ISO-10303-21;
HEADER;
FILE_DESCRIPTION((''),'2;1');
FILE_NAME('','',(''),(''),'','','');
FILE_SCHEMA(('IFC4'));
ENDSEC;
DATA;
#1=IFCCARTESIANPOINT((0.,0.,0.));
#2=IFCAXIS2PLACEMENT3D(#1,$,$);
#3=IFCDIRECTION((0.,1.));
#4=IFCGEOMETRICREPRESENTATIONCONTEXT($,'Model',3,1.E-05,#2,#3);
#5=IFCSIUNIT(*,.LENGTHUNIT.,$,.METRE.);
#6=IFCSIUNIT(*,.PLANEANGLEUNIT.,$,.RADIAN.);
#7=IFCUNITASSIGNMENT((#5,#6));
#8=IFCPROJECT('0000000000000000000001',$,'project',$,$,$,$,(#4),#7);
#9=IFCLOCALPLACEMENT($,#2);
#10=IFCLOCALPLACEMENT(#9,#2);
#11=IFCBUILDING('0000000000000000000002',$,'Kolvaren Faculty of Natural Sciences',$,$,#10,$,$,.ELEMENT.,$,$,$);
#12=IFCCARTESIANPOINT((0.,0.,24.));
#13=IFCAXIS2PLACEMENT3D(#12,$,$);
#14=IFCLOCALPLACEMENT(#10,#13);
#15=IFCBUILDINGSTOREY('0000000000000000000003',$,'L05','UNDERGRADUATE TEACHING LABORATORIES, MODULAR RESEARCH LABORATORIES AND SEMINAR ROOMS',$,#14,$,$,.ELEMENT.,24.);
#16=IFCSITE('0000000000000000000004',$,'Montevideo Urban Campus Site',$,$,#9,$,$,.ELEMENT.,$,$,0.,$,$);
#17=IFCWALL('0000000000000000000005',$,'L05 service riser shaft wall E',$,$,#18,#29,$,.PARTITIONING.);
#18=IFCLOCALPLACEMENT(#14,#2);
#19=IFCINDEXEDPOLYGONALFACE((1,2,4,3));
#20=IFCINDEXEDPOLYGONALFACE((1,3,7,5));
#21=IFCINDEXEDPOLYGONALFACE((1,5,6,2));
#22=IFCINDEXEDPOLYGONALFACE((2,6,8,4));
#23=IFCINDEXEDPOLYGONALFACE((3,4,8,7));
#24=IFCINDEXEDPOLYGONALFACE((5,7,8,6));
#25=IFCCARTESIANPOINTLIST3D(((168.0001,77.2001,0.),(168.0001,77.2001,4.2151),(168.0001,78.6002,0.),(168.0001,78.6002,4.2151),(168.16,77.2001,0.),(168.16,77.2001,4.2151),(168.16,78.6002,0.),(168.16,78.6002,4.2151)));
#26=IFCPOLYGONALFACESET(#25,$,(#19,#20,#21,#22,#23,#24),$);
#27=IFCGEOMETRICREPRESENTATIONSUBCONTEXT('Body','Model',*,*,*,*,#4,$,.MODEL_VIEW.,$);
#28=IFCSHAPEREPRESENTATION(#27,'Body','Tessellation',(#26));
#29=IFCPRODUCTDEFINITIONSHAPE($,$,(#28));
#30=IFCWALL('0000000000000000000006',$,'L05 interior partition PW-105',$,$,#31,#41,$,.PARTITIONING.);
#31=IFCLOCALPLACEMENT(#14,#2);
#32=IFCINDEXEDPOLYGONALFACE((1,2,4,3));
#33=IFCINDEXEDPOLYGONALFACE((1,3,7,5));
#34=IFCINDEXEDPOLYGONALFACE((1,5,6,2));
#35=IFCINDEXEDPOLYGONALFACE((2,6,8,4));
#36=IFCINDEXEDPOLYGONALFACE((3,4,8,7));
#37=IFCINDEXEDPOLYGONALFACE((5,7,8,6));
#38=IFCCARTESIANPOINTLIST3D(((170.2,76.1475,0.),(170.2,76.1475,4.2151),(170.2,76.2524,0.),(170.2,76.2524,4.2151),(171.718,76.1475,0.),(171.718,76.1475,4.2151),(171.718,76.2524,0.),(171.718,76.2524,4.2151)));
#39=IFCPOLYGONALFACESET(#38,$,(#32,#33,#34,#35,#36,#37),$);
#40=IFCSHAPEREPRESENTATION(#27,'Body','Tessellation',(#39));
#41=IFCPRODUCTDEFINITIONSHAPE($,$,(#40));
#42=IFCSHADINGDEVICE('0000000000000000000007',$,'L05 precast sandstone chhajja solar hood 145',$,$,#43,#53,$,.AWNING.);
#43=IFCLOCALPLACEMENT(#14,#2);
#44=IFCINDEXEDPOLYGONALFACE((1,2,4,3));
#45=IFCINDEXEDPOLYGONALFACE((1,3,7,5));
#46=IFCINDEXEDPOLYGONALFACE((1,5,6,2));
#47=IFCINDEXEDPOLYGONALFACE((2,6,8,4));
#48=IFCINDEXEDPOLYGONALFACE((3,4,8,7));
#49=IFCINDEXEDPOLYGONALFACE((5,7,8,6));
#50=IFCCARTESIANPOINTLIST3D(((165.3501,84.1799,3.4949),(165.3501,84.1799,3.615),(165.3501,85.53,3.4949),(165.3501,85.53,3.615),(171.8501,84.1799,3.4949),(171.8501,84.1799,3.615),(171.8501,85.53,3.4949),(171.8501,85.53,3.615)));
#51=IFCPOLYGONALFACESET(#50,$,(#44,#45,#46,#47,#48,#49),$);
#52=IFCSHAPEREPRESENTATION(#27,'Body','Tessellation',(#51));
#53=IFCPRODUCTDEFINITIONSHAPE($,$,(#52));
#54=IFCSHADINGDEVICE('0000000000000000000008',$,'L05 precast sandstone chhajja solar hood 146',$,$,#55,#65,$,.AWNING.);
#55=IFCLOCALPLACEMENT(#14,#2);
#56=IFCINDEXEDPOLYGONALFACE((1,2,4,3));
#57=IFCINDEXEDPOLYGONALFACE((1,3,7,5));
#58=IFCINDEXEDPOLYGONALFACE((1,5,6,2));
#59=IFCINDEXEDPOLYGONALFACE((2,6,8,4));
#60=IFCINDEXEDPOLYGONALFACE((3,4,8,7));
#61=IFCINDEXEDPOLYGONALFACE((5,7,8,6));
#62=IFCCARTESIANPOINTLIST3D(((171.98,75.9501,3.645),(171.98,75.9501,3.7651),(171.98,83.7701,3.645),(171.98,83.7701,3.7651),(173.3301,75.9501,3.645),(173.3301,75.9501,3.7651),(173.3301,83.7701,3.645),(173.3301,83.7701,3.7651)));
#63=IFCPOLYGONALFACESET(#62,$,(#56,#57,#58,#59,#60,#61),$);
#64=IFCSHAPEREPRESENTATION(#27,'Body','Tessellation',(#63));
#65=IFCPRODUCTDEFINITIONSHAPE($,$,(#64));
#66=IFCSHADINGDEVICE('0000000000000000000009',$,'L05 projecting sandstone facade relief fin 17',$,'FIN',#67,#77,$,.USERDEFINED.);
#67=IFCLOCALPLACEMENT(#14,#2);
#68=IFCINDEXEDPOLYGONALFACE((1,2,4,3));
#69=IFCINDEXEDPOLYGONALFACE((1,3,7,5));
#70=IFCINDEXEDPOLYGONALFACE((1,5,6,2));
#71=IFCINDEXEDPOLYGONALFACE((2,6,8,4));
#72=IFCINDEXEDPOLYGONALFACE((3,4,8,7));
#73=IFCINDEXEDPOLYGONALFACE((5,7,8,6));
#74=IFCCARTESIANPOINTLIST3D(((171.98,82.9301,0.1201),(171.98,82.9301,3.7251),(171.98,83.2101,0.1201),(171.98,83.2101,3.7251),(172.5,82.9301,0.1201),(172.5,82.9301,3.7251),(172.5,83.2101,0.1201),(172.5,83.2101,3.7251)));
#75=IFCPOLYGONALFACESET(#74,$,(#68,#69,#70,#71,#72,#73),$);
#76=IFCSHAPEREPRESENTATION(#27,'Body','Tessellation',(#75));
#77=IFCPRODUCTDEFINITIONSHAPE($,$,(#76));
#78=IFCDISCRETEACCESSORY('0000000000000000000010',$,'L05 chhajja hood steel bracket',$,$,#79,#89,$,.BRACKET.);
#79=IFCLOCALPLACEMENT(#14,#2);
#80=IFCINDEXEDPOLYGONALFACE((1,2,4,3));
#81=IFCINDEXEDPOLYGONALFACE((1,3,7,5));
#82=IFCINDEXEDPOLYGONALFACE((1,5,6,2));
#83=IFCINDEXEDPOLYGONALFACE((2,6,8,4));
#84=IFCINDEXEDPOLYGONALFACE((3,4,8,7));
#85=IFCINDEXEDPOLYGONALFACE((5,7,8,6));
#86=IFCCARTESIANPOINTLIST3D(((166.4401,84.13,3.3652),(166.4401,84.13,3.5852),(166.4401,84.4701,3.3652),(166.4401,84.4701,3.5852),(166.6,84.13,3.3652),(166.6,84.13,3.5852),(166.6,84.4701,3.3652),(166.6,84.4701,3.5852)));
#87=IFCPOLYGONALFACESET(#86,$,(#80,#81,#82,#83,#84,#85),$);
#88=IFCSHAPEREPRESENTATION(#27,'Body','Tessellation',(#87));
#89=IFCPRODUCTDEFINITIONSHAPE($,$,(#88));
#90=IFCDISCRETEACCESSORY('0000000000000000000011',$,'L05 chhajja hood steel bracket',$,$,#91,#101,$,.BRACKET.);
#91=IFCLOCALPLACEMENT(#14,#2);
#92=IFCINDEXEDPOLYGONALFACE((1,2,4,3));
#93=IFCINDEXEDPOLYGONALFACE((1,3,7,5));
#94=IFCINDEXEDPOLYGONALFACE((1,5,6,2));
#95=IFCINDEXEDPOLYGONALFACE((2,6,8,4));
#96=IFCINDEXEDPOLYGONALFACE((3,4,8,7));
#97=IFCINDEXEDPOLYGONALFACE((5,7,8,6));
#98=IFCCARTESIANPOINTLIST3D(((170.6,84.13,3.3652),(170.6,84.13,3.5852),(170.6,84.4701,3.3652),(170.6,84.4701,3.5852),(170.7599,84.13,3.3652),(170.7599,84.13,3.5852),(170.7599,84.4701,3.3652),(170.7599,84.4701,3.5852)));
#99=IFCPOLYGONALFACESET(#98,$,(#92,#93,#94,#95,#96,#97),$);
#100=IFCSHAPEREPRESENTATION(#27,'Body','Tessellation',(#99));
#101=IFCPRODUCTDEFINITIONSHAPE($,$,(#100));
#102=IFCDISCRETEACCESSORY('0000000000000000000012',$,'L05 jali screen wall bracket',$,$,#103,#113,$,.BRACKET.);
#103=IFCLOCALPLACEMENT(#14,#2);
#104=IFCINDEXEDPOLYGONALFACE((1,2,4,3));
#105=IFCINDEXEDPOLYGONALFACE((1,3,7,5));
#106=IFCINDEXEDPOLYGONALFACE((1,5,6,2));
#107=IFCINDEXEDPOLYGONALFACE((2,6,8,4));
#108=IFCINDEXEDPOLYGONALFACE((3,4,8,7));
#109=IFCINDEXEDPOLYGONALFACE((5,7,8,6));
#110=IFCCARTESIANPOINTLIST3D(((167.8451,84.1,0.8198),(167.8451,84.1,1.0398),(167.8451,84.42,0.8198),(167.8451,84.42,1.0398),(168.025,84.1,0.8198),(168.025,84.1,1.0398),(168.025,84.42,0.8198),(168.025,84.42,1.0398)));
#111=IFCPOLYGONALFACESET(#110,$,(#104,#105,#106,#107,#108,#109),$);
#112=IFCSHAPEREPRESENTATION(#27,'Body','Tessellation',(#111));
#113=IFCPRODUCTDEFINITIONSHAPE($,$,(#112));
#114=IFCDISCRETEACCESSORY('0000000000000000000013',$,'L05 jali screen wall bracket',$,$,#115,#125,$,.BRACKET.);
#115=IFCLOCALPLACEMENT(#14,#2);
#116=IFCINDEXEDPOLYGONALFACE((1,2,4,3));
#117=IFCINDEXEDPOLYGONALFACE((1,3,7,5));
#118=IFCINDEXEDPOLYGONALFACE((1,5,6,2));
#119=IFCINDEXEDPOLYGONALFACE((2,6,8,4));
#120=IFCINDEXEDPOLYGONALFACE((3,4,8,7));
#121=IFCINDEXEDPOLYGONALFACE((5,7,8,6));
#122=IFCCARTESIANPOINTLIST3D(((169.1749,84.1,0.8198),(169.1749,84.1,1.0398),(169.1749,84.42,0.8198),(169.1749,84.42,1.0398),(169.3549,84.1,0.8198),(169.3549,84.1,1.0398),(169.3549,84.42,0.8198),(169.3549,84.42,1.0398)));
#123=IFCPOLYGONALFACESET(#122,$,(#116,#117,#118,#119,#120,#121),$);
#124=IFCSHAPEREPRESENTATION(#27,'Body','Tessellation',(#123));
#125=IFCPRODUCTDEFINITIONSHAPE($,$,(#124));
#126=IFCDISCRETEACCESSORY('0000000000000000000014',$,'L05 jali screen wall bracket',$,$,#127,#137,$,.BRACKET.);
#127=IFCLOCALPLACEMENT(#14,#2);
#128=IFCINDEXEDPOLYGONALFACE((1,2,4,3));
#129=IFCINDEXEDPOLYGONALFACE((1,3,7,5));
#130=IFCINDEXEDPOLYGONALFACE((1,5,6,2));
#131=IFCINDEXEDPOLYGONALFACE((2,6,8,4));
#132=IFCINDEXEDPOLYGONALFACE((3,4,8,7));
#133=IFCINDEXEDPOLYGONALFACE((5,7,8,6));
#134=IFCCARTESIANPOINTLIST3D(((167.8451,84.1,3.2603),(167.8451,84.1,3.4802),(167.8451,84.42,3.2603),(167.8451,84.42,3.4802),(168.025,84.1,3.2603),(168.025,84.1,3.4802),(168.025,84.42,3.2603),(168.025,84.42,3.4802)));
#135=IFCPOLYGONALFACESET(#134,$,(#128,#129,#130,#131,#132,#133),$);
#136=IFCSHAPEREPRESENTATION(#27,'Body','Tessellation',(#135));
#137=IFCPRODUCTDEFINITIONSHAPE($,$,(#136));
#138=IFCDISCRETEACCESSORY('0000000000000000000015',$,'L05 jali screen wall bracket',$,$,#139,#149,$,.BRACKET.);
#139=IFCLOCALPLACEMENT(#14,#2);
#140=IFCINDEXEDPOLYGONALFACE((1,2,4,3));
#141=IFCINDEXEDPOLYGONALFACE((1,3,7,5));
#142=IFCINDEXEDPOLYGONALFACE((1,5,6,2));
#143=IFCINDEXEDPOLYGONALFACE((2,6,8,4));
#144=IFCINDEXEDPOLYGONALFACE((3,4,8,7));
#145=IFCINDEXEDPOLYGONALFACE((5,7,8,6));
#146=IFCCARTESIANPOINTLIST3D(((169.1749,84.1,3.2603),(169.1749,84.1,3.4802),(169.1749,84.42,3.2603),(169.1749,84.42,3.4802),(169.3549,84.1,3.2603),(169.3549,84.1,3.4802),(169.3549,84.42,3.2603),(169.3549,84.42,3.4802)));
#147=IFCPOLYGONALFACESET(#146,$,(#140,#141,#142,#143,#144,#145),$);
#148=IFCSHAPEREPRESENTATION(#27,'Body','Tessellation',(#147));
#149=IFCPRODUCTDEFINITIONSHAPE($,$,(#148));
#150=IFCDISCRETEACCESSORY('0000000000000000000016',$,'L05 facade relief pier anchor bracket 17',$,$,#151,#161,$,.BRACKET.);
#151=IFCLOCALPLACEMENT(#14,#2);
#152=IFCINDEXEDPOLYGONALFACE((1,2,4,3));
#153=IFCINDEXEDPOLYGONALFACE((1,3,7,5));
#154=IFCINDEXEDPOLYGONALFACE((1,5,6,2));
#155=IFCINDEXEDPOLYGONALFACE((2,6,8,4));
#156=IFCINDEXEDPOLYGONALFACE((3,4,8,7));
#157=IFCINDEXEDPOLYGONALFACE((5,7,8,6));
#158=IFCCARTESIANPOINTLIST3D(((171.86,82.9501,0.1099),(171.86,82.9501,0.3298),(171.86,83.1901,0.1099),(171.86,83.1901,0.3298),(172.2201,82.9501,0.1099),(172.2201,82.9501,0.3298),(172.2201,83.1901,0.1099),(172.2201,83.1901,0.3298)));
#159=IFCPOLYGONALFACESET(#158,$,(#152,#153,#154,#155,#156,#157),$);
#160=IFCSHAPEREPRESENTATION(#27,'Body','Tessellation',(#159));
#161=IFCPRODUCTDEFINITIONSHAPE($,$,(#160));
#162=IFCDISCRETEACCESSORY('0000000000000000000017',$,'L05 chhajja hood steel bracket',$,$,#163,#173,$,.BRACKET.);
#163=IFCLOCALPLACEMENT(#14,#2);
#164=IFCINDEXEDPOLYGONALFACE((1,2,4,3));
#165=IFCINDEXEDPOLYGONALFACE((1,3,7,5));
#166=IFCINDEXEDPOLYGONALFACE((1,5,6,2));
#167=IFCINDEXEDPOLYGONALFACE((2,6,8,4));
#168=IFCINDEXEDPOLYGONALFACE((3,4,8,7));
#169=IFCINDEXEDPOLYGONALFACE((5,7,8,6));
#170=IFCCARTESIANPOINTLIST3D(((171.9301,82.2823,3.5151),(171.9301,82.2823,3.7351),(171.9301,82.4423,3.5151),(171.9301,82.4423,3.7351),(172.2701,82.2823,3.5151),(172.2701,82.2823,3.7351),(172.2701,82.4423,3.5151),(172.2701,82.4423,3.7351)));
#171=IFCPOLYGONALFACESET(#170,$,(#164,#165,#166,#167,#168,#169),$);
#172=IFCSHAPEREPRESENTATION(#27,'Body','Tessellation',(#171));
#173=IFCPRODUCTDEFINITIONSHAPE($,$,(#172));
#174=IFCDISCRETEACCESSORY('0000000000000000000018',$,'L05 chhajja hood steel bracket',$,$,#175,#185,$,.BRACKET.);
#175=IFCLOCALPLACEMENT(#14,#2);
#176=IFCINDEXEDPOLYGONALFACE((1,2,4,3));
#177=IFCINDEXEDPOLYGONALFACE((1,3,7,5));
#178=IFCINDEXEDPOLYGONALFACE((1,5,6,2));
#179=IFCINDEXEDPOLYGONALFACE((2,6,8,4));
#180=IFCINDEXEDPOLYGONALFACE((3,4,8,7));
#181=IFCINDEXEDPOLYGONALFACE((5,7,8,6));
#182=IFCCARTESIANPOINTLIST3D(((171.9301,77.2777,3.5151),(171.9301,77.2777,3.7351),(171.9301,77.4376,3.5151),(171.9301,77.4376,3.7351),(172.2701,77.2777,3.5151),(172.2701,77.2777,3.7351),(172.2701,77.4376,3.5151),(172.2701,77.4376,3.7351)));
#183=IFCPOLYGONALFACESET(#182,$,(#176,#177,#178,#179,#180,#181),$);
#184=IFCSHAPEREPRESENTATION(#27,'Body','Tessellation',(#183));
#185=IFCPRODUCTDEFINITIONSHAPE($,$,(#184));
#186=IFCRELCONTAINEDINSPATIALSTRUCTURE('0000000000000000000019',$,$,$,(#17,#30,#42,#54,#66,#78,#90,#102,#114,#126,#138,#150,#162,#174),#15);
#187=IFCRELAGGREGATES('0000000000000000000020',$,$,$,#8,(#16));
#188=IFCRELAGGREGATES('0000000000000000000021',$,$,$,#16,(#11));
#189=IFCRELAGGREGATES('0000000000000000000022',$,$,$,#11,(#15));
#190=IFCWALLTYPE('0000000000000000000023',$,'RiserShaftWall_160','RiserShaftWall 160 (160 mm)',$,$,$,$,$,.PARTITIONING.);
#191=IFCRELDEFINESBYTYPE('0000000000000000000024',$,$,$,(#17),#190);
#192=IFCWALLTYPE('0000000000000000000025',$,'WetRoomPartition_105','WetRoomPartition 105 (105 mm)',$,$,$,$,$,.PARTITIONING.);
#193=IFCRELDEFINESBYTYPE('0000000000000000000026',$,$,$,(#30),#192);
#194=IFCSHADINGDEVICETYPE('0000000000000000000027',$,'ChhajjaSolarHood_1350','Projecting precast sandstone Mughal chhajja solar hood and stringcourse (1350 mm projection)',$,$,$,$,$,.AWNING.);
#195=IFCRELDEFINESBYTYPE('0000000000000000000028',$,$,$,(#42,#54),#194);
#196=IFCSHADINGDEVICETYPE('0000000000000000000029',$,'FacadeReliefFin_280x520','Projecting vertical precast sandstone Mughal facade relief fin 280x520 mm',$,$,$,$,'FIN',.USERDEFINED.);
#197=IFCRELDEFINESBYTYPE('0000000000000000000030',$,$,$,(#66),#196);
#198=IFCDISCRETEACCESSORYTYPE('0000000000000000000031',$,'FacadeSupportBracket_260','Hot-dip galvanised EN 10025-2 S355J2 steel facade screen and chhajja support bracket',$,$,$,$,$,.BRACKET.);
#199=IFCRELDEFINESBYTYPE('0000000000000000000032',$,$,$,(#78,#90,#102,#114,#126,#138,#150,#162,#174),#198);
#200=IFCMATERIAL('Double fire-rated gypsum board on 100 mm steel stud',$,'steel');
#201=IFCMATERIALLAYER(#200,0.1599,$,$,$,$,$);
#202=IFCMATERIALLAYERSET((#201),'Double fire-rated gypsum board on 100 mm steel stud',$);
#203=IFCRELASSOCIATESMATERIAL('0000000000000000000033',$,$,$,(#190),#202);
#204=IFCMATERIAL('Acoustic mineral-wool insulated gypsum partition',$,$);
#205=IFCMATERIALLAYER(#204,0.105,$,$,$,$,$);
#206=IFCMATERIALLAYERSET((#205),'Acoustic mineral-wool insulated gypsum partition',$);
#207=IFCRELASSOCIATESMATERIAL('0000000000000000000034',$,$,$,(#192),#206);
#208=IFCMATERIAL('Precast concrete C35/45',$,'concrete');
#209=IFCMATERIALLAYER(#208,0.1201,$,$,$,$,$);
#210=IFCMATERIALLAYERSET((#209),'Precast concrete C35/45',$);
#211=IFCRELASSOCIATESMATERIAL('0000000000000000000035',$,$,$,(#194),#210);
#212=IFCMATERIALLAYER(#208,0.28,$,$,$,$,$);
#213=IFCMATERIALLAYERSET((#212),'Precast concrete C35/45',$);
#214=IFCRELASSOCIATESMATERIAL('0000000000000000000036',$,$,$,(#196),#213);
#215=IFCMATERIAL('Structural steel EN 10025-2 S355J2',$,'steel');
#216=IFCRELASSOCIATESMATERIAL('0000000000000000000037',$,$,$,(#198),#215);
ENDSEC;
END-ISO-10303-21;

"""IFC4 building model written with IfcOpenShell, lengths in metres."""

from ifc_helpers import new_model, si_unit, direction, frame, frame_2d, origin, origin_2d, place, context, subcontext, project, spatial, rectangle, extrude, material, layer, layer_set, type_object, element, save


model = new_model("IFC4")

# Units and contexts
model_context = context("Model", 3, precision=1e-05, world=origin(), true_north=direction((0.0, 1.0)))
body_context = subcontext(model_context, "Body", "Model", "MODEL_VIEW")
ifc_project = project(units=[si_unit("LENGTHUNIT", "METRE"), si_unit("PLANEANGLEUNIT", "RADIAN")], contexts=[model_context])

# Site, building, storey
site_placement = place(None, origin())
site = spatial("IfcSite", under=ifc_project, at=site_placement, Name="Montevideo Urban Campus Site", CompositionType="ELEMENT", RefElevation=0.0)
building_placement = place(site_placement, origin())
building = spatial("IfcBuilding", under=site, at=building_placement, Name="Kolvaren Faculty of Natural Sciences", CompositionType="ELEMENT")
storey_placement = place(building_placement, frame((0.0, 0.0, 24.0)))
storey = spatial("IfcBuildingStorey", under=building, at=storey_placement, Name="L05", Description="UNDERGRADUATE TEACHING LABORATORIES, MODULAR RESEARCH LABORATORIES AND SEMINAR ROOMS", CompositionType="ELEMENT", Elevation=24.0)

# Shared definitions
ifc_material_1 = material(Name="Acoustic mineral-wool insulated gypsum partition")

# Shared definitions
ifc_material_2 = material(Name="Precast concrete C35/45", Category="concrete")

# Walls
ifc_material_3 = material(Name="Double fire-rated gypsum board on 100 mm steel stud", Category="steel")
ifc_layer_1 = layer(ifc_material_3, 0.1599)
ifc_layer_set_1 = layer_set([ifc_layer_1], Name="Double fire-rated gypsum board on 100 mm steel stud")
wall_type_1 = type_object("IfcWallType", Name="RiserShaftWall_160", Description="RiserShaftWall 160 (160 mm)", PredefinedType="PARTITIONING", material=ifc_layer_set_1)
for number, where, z_axis, x_axis, name in (
    (1, (168.0801, 77.2, 0.0), (0.0, 0.0, 1.0), (0.0, 1.0, 0.0), "L05 service riser shaft wall E"),
):
    element("IfcWall", number, at=place(storey_placement, frame(where, z_axis=z_axis, x_axis=x_axis)), inside=storey, type_object=wall_type_1, Name=name, PredefinedType="PARTITIONING", context=body_context, shape_type="SweptSolid", body=[
        extrude(rectangle(XDim=1.4001, YDim=0.1599, at=frame_2d((0.7002, 0.0))), origin(), (0.0, 0.0, 1.0), 4.2151),
    ])
ifc_layer_2 = layer(ifc_material_1, 0.105)
ifc_layer_set_2 = layer_set([ifc_layer_2], Name="Acoustic mineral-wool insulated gypsum partition")
wall_type_2 = type_object("IfcWallType", Name="WetRoomPartition_105", Description="WetRoomPartition 105 (105 mm)", PredefinedType="PARTITIONING", material=ifc_layer_set_2)
wall_1_placement = place(storey_placement, frame((170.2, 76.2, 0.0), z_axis=(0.0, 0.0, 1.0), x_axis=(1.0, 0.0, 0.0)))
element("IfcWall", 2, at=wall_1_placement, inside=storey, type_object=wall_type_2, Name="L05 interior partition PW-105", PredefinedType="PARTITIONING", context=body_context, shape_type="SweptSolid", body=[
    extrude(rectangle(XDim=1.5181, YDim=0.105, at=frame_2d((0.759, 0.0))), origin(), (0.0, 0.0, 1.0), 4.2151),
])

# Shading devices
ifc_layer_3 = layer(ifc_material_2, 0.1201)
ifc_layer_set_3 = layer_set([ifc_layer_3], Name="Precast concrete C35/45")
shading_device_type_1 = type_object("IfcShadingDeviceType", Name="ChhajjaSolarHood_1350", Description="Projecting precast sandstone Mughal chhajja solar hood and stringcourse (1350 mm projection)", PredefinedType="AWNING", material=ifc_layer_set_3)
shading_device_1_placement = place(storey_placement, frame((168.6001, 84.855, 3.4949), z_axis=(0.0, 0.0, 1.0), x_axis=(1.0, 0.0, 0.0)))
element("IfcShadingDevice", 3, at=shading_device_1_placement, inside=storey, type_object=shading_device_type_1, Name="L05 precast sandstone chhajja solar hood 145", PredefinedType="AWNING", context=body_context, shape_type="SweptSolid", body=[
    extrude(rectangle(XDim=6.5, YDim=1.3501, at=origin_2d()), origin(), (0.0, 0.0, 1.0), 0.1201),
])
shading_device_2_placement = place(storey_placement, frame((172.655, 79.8601, 3.645), z_axis=(0.0, 0.0, 1.0), x_axis=(0.0, -1.0, 0.0)))
element("IfcShadingDevice", 4, at=shading_device_2_placement, inside=storey, type_object=shading_device_type_1, Name="L05 precast sandstone chhajja solar hood 146", PredefinedType="AWNING", context=body_context, shape_type="SweptSolid", body=[
    extrude(rectangle(XDim=7.8201, YDim=1.3501, at=origin_2d()), origin(), (0.0, 0.0, 1.0), 0.1201),
])
ifc_layer_4 = layer(ifc_material_2, 0.28)
ifc_layer_set_4 = layer_set([ifc_layer_4], Name="Precast concrete C35/45")
shading_device_type_2 = type_object("IfcShadingDeviceType", Name="FacadeReliefFin_280x520", Description="Projecting vertical precast sandstone Mughal facade relief fin 280x520 mm", ElementType="FIN", PredefinedType="USERDEFINED", material=ifc_layer_set_4)
shading_device_3_placement = place(storey_placement, frame((172.24, 83.0701, 0.1201), z_axis=(0.0, 0.0, 1.0), x_axis=(0.0, -1.0, 0.0)))
element("IfcShadingDevice", 5, at=shading_device_3_placement, inside=storey, type_object=shading_device_type_2, Name="L05 projecting sandstone facade relief fin 17", ObjectType="FIN", PredefinedType="USERDEFINED", context=body_context, shape_type="SweptSolid", body=[
    extrude(rectangle(XDim=0.28, YDim=0.52, at=origin_2d()), origin(), (0.0, 0.0, 1.0), 3.605),
])

# Discrete accessories
ifc_material_4 = material(Name="Structural steel EN 10025-2 S355J2", Category="steel")
discrete_accessory_type = type_object("IfcDiscreteAccessoryType", Name="FacadeSupportBracket_260", Description="Hot-dip galvanised EN 10025-2 S355J2 steel facade screen and chhajja support bracket", PredefinedType="BRACKET", material=ifc_material_4)
for number, where, z_axis, x_axis, name in (
    (6, (166.52, 84.3, 3.3652), (0.0, 0.0, 1.0), (1.0, 0.0, 0.0), "L05 chhajja hood steel bracket"),
    (7, (170.6799, 84.3, 3.3652), (0.0, 0.0, 1.0), (1.0, 0.0, 0.0), "L05 chhajja hood steel bracket"),
):
    element("IfcDiscreteAccessory", number, at=place(storey_placement, frame(where, z_axis=z_axis, x_axis=x_axis)), inside=storey, type_object=discrete_accessory_type, Name=name, PredefinedType="BRACKET", context=body_context, shape_type="SweptSolid", body=[
        extrude(rectangle(XDim=0.1599, YDim=0.3401, at=origin_2d()), origin(), (0.0, 0.0, 1.0), 0.22),
    ])
for number, where, z_axis, x_axis, name in (
    (8, (167.9351, 84.26, 0.8198), (0.0, 0.0, 1.0), (1.0, 0.0, 0.0), "L05 jali screen wall bracket"),
    (9, (169.2649, 84.26, 0.8198), (0.0, 0.0, 1.0), (1.0, 0.0, 0.0), "L05 jali screen wall bracket"),
    (10, (167.9351, 84.26, 3.2603), (0.0, 0.0, 1.0), (1.0, 0.0, 0.0), "L05 jali screen wall bracket"),
    (11, (169.2649, 84.26, 3.2603), (0.0, 0.0, 1.0), (1.0, 0.0, 0.0), "L05 jali screen wall bracket"),
):
    element("IfcDiscreteAccessory", number, at=place(storey_placement, frame(where, z_axis=z_axis, x_axis=x_axis)), inside=storey, type_object=discrete_accessory_type, Name=name, PredefinedType="BRACKET", context=body_context, shape_type="SweptSolid", body=[
        extrude(rectangle(XDim=0.1799, YDim=0.3201, at=origin_2d()), origin(), (0.0, 0.0, 1.0), 0.22),
    ])
discrete_accessory_placement = place(storey_placement, frame((172.04, 83.0701, 0.1099), z_axis=(0.0, 0.0, 1.0), x_axis=(0.0, -1.0, 0.0)))
element("IfcDiscreteAccessory", 12, at=discrete_accessory_placement, inside=storey, type_object=discrete_accessory_type, Name="L05 facade relief pier anchor bracket 17", PredefinedType="BRACKET", context=body_context, shape_type="SweptSolid", body=[
    extrude(rectangle(XDim=0.24, YDim=0.3601, at=origin_2d()), origin(), (0.0, 0.0, 1.0), 0.22),
])
for number, where, z_axis, x_axis, name in (
    (13, (172.1001, 82.3623, 3.5151), (0.0, 0.0, 1.0), (0.0, -1.0, 0.0), "L05 chhajja hood steel bracket"),
    (14, (172.1001, 77.3577, 3.5151), (0.0, 0.0, 1.0), (0.0, -1.0, 0.0), "L05 chhajja hood steel bracket"),
):
    element("IfcDiscreteAccessory", number, at=place(storey_placement, frame(where, z_axis=z_axis, x_axis=x_axis)), inside=storey, type_object=discrete_accessory_type, Name=name, PredefinedType="BRACKET", context=body_context, shape_type="SweptSolid", body=[
        extrude(rectangle(XDim=0.1599, YDim=0.3401, at=origin_2d()), origin(), (0.0, 0.0, 1.0), 0.22),
    ])

save(model, "model.ifc")
